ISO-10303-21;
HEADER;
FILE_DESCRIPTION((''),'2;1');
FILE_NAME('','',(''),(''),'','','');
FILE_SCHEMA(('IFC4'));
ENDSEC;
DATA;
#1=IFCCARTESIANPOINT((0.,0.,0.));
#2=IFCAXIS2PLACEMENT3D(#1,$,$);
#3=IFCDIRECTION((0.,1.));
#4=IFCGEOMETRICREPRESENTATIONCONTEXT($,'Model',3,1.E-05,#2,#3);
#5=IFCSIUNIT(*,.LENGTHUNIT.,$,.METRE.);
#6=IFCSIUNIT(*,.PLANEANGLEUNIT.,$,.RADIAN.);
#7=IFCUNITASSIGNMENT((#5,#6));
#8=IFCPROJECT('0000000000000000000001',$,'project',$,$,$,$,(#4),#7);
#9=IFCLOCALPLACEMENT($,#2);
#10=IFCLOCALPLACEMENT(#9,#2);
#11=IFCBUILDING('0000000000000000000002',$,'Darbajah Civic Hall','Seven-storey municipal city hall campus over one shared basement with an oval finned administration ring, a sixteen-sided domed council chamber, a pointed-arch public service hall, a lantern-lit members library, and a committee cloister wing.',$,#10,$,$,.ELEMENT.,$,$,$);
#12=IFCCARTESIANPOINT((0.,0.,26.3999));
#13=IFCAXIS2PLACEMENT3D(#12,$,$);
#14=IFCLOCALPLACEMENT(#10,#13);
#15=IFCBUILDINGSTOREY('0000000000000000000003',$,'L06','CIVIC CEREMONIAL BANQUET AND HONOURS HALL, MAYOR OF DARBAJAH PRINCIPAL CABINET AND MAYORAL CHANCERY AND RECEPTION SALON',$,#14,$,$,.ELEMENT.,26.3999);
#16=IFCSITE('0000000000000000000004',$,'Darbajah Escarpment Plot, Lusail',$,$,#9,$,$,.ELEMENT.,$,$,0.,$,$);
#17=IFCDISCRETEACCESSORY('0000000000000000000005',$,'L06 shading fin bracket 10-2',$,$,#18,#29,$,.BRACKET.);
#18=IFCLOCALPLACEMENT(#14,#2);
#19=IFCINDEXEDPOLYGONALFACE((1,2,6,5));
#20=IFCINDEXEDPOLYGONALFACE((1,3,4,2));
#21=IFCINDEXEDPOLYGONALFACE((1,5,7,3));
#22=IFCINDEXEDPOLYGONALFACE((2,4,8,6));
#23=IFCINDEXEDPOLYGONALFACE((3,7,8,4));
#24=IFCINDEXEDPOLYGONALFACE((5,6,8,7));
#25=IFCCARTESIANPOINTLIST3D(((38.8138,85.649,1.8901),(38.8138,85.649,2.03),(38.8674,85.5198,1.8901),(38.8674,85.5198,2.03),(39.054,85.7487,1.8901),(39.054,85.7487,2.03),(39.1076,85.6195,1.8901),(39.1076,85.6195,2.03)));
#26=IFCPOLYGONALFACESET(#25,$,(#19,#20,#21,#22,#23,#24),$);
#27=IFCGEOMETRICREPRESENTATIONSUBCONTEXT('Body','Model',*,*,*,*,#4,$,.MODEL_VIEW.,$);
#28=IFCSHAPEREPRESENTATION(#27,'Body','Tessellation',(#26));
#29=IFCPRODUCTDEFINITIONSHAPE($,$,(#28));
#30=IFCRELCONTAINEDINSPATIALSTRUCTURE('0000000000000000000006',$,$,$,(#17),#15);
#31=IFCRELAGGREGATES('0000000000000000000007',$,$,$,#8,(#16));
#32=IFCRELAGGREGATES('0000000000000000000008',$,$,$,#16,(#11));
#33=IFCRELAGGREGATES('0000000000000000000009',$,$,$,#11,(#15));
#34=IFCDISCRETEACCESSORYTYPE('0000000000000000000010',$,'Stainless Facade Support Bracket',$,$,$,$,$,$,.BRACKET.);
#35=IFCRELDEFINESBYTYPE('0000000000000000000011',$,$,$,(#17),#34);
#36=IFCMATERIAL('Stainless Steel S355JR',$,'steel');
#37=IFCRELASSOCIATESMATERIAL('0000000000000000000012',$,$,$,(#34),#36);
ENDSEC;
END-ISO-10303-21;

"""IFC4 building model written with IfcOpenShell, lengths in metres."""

from ifc_helpers import new_model, si_unit, direction, frame, origin, origin_2d, place, context, subcontext, project, spatial, rectangle, extrude, material, type_object, element, save


model = new_model("IFC4")

# Units and contexts
model_context = context("Model", 3, precision=1e-05, world=origin(), true_north=direction((0.0, 1.0)))
body_context = subcontext(model_context, "Body", "Model", "MODEL_VIEW")
ifc_project = project(units=[si_unit("LENGTHUNIT", "METRE"), si_unit("PLANEANGLEUNIT", "RADIAN")], contexts=[model_context])

# Site, building, storey
site_placement = place(None, origin())
site = spatial("IfcSite", under=ifc_project, at=site_placement, Name="Darbajah Escarpment Plot, Lusail", CompositionType="ELEMENT", RefElevation=0.0)
building_placement = place(site_placement, origin())
building = spatial("IfcBuilding", under=site, at=building_placement, Name="Darbajah Civic Hall", Description="Seven-storey municipal city hall campus over one shared basement with an oval finned administration ring, a sixteen-sided domed council chamber, a pointed-arch public service hall, a lantern-lit members library, and a committee cloister wing.", CompositionType="ELEMENT")
storey_placement = place(building_placement, frame((0.0, 0.0, 26.3999)))
storey = spatial("IfcBuildingStorey", under=building, at=storey_placement, Name="L06", Description="CIVIC CEREMONIAL BANQUET AND HONOURS HALL, MAYOR OF DARBAJAH PRINCIPAL CABINET AND MAYORAL CHANCERY AND RECEPTION SALON", CompositionType="ELEMENT", Elevation=26.3999)

# Discrete accessory
ifc_material_1 = material(Name="Stainless Steel S355JR", Category="steel")
discrete_accessory_type = type_object("IfcDiscreteAccessoryType", Name="Stainless Facade Support Bracket", PredefinedType="BRACKET", material=ifc_material_1)
for number, where, z_axis, x_axis, name in (
    (1, (38.9607, 85.6343, 1.8901), (0.0, 0.0, 1.0), (-0.923612, -0.383328, 0.0), "L06 shading fin bracket 10-2"),
):
    element("IfcDiscreteAccessory", number, at=place(storey_placement, frame(where, z_axis=z_axis, x_axis=x_axis)), inside=storey, type_object=discrete_accessory_type, Name=name, PredefinedType="BRACKET", context=body_context, shape_type="SweptSolid", body=[
        extrude(rectangle(XDim=0.26, YDim=0.1399, at=origin_2d()), origin(), (0.0, 0.0, 1.0), 0.1399),
    ])

save(model, "model.ifc")
